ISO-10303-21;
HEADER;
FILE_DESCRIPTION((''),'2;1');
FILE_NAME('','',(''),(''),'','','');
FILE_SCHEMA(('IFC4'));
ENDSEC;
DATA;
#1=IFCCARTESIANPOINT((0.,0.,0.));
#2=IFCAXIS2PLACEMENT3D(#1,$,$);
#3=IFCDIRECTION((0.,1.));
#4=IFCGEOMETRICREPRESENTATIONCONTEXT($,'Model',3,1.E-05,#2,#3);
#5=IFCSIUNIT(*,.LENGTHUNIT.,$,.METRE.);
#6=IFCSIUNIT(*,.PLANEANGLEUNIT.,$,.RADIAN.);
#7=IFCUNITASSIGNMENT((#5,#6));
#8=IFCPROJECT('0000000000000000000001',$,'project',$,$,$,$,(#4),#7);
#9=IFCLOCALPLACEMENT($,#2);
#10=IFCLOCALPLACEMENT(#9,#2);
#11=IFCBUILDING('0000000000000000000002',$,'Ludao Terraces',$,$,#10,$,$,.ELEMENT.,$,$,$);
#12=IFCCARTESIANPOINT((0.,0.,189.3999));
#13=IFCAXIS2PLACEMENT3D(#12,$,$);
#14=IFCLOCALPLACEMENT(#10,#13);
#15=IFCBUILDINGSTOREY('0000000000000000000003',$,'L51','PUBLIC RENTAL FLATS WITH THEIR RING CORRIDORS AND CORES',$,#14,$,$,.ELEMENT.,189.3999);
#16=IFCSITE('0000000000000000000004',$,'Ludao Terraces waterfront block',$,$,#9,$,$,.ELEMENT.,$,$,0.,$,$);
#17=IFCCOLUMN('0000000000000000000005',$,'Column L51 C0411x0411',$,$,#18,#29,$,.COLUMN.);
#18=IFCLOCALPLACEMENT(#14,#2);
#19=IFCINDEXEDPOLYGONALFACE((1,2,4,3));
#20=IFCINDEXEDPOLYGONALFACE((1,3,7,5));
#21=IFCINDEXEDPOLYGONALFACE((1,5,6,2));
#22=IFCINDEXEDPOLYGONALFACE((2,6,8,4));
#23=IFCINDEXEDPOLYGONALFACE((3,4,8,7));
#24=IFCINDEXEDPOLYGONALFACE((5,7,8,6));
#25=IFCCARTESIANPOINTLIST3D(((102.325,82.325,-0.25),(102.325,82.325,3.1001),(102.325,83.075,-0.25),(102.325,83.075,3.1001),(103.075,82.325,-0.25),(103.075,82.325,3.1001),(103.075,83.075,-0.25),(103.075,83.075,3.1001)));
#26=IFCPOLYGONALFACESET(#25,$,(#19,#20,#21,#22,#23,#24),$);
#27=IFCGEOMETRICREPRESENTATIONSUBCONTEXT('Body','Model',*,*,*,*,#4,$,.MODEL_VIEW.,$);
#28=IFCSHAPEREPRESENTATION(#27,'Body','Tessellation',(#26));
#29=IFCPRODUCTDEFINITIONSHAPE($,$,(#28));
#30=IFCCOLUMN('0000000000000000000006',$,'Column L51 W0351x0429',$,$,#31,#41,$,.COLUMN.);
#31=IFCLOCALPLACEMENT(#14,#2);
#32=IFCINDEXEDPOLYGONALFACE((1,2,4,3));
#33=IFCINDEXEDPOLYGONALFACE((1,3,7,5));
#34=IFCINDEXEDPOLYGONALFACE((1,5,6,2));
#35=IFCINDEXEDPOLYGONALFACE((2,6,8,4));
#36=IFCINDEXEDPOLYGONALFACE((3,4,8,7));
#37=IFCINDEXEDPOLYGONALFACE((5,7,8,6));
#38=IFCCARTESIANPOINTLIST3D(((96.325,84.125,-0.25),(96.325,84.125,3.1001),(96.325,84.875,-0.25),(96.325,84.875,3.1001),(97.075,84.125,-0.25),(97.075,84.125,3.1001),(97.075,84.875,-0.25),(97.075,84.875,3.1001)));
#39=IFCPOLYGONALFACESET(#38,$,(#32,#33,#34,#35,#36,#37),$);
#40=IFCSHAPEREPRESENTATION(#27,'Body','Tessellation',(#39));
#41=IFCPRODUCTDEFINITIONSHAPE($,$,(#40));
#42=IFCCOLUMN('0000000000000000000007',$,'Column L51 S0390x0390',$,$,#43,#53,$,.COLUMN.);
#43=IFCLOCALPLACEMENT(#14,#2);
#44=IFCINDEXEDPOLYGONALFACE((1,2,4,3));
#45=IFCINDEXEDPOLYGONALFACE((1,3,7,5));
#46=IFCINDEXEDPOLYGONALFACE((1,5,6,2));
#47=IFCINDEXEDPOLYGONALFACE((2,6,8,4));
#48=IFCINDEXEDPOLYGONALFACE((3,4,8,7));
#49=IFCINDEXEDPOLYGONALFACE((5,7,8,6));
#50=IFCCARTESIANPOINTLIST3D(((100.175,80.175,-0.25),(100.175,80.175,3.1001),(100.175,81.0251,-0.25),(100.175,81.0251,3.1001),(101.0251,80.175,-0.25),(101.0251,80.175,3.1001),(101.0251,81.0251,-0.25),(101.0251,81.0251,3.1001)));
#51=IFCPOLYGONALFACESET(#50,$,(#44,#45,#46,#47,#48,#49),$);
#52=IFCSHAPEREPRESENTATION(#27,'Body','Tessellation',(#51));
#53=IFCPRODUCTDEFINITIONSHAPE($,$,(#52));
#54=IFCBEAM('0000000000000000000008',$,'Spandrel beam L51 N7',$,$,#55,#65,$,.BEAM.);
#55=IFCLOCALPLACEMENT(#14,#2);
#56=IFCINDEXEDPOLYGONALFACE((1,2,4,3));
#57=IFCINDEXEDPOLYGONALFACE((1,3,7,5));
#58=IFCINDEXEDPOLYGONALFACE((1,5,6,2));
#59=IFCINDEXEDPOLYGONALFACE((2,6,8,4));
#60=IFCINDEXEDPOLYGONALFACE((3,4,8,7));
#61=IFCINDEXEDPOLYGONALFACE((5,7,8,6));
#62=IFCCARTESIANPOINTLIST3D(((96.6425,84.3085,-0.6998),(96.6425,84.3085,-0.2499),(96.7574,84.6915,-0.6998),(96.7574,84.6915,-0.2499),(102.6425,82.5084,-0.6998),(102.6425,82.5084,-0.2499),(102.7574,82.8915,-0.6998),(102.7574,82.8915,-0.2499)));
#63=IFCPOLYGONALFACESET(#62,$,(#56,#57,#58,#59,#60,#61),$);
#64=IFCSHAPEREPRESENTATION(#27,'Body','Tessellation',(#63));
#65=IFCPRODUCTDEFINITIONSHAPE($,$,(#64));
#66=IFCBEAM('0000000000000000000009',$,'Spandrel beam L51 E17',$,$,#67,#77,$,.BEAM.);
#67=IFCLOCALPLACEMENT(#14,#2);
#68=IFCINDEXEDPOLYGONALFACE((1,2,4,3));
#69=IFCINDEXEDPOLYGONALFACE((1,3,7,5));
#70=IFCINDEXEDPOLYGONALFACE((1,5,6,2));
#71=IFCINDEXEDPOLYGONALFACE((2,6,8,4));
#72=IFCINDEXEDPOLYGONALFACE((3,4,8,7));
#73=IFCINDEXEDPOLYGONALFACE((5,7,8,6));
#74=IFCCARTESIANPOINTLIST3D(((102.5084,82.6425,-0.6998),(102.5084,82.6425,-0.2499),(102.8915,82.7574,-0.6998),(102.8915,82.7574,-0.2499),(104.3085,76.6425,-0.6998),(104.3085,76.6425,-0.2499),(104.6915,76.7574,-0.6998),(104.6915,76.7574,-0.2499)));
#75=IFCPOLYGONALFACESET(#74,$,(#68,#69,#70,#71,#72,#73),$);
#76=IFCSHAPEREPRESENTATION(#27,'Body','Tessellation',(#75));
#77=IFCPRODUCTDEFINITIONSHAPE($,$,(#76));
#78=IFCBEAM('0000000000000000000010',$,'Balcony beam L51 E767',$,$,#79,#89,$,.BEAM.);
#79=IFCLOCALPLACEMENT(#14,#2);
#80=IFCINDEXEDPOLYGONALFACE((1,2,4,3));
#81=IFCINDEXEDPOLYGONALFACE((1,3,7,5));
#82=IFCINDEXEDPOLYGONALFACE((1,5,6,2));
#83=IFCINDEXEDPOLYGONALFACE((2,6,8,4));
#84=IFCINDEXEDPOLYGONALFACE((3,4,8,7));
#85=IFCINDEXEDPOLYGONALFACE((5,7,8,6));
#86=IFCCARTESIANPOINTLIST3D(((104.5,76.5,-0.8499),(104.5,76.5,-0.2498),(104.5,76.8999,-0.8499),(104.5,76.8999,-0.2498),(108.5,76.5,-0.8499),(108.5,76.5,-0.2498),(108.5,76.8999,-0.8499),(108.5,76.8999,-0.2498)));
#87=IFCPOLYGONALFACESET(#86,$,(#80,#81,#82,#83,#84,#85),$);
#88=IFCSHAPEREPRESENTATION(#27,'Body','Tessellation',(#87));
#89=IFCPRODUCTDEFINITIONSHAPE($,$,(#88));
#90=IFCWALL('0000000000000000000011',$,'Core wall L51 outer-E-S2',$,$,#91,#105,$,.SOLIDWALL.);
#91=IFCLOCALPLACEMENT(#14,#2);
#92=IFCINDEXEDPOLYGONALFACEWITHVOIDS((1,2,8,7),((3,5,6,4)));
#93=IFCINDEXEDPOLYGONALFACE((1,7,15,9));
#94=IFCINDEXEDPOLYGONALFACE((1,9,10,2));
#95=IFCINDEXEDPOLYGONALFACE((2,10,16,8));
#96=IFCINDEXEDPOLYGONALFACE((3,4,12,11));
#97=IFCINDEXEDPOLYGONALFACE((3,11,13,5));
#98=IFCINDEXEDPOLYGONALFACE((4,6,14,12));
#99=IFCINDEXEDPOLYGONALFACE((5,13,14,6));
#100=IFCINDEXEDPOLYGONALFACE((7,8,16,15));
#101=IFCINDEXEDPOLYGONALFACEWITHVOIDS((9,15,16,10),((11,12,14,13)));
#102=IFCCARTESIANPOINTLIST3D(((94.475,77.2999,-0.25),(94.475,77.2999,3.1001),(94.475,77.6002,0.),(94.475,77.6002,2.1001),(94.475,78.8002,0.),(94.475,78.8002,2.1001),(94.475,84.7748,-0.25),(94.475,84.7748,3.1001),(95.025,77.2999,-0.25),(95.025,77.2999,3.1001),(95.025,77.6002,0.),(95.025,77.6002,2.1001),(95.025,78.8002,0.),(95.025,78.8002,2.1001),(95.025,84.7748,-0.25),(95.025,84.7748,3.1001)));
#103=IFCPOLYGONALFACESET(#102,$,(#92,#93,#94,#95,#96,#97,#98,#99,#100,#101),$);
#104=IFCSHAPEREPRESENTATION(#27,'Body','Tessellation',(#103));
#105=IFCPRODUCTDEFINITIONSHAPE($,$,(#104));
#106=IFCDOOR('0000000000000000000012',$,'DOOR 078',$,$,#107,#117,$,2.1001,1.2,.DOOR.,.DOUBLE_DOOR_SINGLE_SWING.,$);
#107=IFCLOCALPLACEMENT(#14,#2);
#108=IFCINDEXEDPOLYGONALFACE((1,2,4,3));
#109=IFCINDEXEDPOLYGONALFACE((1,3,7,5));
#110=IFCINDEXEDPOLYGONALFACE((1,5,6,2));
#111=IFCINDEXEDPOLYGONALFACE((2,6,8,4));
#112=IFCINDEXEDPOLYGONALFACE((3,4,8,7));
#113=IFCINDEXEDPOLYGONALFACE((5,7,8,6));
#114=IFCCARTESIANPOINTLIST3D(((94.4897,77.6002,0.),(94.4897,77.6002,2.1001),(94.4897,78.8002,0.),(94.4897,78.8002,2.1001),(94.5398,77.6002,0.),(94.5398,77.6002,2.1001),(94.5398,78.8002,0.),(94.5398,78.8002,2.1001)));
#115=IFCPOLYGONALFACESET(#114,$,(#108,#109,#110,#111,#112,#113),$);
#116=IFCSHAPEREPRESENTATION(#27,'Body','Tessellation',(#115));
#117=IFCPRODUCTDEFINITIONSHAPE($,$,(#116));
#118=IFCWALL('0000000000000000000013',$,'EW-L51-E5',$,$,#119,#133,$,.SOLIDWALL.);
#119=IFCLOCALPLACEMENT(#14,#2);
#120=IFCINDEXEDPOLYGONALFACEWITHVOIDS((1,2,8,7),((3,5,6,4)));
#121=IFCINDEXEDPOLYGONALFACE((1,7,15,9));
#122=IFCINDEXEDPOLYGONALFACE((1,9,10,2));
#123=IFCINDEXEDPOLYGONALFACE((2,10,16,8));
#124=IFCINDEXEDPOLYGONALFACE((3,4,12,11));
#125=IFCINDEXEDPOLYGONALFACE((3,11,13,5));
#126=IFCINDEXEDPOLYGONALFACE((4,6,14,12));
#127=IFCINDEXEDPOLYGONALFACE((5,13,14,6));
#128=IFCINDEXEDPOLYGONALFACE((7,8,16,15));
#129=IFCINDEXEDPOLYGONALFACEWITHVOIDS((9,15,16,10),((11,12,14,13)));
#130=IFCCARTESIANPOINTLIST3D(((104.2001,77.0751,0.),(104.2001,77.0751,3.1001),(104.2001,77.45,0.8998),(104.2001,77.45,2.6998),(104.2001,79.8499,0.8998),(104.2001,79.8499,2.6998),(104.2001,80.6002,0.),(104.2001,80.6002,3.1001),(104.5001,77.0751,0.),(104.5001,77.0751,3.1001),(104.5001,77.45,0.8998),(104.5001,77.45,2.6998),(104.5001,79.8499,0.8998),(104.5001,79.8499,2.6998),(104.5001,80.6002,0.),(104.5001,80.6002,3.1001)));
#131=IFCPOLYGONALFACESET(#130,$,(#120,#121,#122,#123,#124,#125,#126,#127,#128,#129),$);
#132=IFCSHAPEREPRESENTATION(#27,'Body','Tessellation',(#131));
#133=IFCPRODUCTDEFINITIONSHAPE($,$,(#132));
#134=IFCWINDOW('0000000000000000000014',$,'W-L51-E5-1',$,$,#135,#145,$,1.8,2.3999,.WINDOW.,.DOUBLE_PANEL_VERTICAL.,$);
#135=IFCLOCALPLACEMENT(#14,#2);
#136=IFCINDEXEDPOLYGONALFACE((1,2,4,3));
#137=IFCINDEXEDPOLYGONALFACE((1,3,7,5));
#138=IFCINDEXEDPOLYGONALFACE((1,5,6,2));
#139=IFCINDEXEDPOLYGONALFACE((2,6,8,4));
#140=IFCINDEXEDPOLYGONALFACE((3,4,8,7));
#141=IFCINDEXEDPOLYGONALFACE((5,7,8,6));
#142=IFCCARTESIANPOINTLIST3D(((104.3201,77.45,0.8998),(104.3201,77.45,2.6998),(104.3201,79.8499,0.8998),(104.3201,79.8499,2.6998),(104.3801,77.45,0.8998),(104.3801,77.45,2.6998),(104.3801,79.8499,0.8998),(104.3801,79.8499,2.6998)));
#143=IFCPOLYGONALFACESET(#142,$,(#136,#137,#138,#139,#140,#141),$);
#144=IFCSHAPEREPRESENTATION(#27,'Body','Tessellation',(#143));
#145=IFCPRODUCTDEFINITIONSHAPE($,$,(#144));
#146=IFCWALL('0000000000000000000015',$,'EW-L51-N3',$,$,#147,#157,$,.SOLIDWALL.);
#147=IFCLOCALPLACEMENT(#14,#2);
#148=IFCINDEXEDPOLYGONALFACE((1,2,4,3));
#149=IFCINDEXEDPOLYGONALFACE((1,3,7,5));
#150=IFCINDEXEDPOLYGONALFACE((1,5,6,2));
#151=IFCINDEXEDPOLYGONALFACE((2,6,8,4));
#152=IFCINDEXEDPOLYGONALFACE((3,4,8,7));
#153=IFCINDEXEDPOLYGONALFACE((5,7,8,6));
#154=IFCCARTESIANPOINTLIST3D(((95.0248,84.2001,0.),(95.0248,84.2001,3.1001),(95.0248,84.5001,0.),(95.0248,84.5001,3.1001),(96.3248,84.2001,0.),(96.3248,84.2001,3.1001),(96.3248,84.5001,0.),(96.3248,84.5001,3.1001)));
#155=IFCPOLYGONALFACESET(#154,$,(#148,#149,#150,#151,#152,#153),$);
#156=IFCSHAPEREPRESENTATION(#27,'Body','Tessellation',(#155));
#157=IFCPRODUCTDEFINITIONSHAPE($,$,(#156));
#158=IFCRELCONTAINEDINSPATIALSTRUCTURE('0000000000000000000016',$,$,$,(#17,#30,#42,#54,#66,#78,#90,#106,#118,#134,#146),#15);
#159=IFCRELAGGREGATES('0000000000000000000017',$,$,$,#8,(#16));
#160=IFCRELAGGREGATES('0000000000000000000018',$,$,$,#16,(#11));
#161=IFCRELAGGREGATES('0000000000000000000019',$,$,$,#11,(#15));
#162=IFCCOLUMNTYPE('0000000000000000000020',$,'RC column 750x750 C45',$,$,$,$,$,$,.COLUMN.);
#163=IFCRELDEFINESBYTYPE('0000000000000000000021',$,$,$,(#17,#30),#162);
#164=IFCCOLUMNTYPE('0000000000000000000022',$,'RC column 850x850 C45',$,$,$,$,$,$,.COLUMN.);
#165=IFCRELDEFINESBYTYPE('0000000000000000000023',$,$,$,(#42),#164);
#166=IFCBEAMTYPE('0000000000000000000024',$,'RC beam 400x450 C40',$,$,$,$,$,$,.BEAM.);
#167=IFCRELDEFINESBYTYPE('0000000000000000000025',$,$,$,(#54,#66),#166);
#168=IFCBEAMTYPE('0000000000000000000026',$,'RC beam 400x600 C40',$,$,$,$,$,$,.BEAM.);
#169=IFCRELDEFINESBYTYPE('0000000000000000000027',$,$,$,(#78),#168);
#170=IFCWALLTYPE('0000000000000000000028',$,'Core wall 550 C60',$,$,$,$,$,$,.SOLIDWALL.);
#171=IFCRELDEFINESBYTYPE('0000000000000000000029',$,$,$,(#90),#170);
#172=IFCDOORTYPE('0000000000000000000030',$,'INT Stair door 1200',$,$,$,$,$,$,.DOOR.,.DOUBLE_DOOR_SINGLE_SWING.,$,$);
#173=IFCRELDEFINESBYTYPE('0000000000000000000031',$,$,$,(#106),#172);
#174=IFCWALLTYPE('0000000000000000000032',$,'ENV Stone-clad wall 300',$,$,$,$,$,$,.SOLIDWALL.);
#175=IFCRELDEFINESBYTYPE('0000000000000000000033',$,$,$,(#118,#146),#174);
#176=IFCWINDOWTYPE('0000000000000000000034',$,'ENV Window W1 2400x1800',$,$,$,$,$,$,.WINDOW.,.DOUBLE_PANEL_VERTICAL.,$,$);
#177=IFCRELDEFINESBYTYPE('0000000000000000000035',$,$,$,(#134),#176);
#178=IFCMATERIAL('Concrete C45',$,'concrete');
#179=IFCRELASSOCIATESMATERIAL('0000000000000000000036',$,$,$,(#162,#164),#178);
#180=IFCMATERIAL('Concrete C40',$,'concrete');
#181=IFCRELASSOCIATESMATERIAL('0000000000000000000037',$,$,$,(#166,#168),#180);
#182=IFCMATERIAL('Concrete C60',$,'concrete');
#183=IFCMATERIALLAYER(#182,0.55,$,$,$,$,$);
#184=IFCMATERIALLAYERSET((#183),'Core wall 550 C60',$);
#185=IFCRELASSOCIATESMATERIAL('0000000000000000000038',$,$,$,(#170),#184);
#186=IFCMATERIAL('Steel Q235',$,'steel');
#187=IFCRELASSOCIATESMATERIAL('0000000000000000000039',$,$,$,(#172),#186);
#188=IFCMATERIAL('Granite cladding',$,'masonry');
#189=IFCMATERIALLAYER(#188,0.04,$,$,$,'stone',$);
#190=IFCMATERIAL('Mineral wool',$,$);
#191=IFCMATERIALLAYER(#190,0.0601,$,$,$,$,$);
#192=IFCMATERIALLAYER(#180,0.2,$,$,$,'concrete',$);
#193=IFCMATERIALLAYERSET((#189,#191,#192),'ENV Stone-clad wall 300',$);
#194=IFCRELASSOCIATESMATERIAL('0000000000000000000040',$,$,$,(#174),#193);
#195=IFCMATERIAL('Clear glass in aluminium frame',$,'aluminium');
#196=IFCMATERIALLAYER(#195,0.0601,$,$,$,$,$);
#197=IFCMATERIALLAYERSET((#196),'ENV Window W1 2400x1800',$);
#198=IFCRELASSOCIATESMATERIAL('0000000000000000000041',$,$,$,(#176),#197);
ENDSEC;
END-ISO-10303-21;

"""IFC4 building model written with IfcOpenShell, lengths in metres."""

from ifc_helpers import new_model, si_unit, direction, frame, frame_2d, origin, origin_2d, place, context, subcontext, project, spatial, rectangle, extrude, material, layer, layer_set, material_profile, profile_set, type_object, element, fill, save


model = new_model("IFC4")

# Units and contexts
model_context = context("Model", 3, precision=1e-05, world=origin(), true_north=direction((0.0, 1.0)))
body_context = subcontext(model_context, "Body", "Model", "MODEL_VIEW")
ifc_project = project(units=[si_unit("LENGTHUNIT", "METRE"), si_unit("PLANEANGLEUNIT", "RADIAN")], contexts=[model_context])

# Site, building, storey
site_placement = place(None, origin())
site = spatial("IfcSite", under=ifc_project, at=site_placement, Name="Ludao Terraces waterfront block", CompositionType="ELEMENT", RefElevation=0.0)
building_placement = place(site_placement, origin())
building = spatial("IfcBuilding", under=site, at=building_placement, Name="Ludao Terraces", CompositionType="ELEMENT")
storey_placement = place(building_placement, frame((0.0, 0.0, 189.3999)))
storey = spatial("IfcBuildingStorey", under=building, at=storey_placement, Name="L51", Description="PUBLIC RENTAL FLATS WITH THEIR RING CORRIDORS AND CORES", CompositionType="ELEMENT", Elevation=189.3999)

# Columns
ifc_material_1 = material(Name="Concrete C45", Category="concrete")
ifc_material_profile_1 = material_profile(ifc_material_1, rectangle(XDim=0.75, YDim=0.75, at=origin_2d()), Name="750 X 750")
ifc_profile_set_1 = profile_set([ifc_material_profile_1], Name="Concrete C45")
column_type_1 = type_object("IfcColumnType", Name="RC column 750x750 C45", PredefinedType="COLUMN", material=ifc_profile_set_1)
for number, where, z_axis, x_axis, name in (
    (1, (102.7, 82.7, -0.25), (0.0, 0.0, 1.0), (1.0, 0.0, 0.0), "Column L51 C0411x0411"),
    (2, (96.7, 84.5, -0.25), (0.0, 0.0, 1.0), (1.0, 0.0, 0.0), "Column L51 W0351x0429"),
):
    element("IfcColumn", number, at=place(storey_placement, frame(where, z_axis=z_axis, x_axis=x_axis)), inside=storey, type_object=column_type_1, Name=name, PredefinedType="COLUMN", context=body_context, shape_type="SweptSolid", body=[
        extrude(rectangle(XDim=0.75, YDim=0.75, at=origin_2d()), origin(), (0.0, 0.0, 1.0), 3.3501),
    ])
ifc_material_profile_2 = material_profile(ifc_material_1, rectangle(XDim=0.8501, YDim=0.8501, at=origin_2d()), Name="850 X 850")
ifc_profile_set_2 = profile_set([ifc_material_profile_2], Name="Concrete C45")
column_type_2 = type_object("IfcColumnType", Name="RC column 850x850 C45", PredefinedType="COLUMN", material=ifc_profile_set_2)
column_placement = place(storey_placement, frame((100.6001, 80.6001, -0.25), z_axis=(0.0, 0.0, 1.0), x_axis=(1.0, 0.0, 0.0)))
element("IfcColumn", 3, at=column_placement, inside=storey, type_object=column_type_2, Name="Column L51 S0390x0390", PredefinedType="COLUMN", context=body_context, shape_type="SweptSolid", body=[
    extrude(rectangle(XDim=0.8501, YDim=0.8501, at=origin_2d()), origin(), (0.0, 0.0, 1.0), 3.3501),
])

# Beams
ifc_material_2 = material(Name="Concrete C40", Category="concrete")
ifc_material_profile_3 = material_profile(ifc_material_2, rectangle(XDim=0.3999, YDim=0.45, at=origin_2d()), Name="400 X 450")
ifc_profile_set_3 = profile_set([ifc_material_profile_3], Name="Concrete C40")
beam_type_1 = type_object("IfcBeamType", Name="RC beam 400x450 C40", PredefinedType="BEAM", material=ifc_profile_set_3)
for number, where, z_axis, x_axis, name in (
    (4, (96.7, 84.5, -0.4749), (0.957824, -0.287355, 0.0), (0.287355, 0.957824, 0.0), "Spandrel beam L51 N7"),
    (5, (104.5, 76.7, -0.4749), (-0.287355, 0.957824, 0.0), (-0.957824, -0.287355, 0.0), "Spandrel beam L51 E17"),
):
    element("IfcBeam", number, at=place(storey_placement, frame(where, z_axis=z_axis, x_axis=x_axis)), inside=storey, type_object=beam_type_1, Name=name, PredefinedType="BEAM", context=body_context, shape_type="SweptSolid", body=[
        extrude(rectangle(XDim=0.3999, YDim=0.45, at=origin_2d()), origin(), (0.0, 0.0, 1.0), 6.2642),
    ])
ifc_material_profile_4 = material_profile(ifc_material_2, rectangle(XDim=0.3999, YDim=0.6001, at=origin_2d()), Name="400 X 600")
ifc_profile_set_4 = profile_set([ifc_material_profile_4], Name="Concrete C40")
beam_type_2 = type_object("IfcBeamType", Name="RC beam 400x600 C40", PredefinedType="BEAM", material=ifc_profile_set_4)
beam_placement = place(storey_placement, frame((104.5, 76.7, -0.5498), z_axis=(1.0, 0.0, 0.0), x_axis=(0.0, 1.0, 0.0)))
element("IfcBeam", 6, at=beam_placement, inside=storey, type_object=beam_type_2, Name="Balcony beam L51 E767", PredefinedType="BEAM", context=body_context, shape_type="SweptSolid", body=[
    extrude(rectangle(XDim=0.3999, YDim=0.6001, at=origin_2d()), origin(), (0.0, 0.0, 1.0), 4.0),
])

# Wall, opening, door
ifc_material_3 = material(Name="Concrete C60", Category="concrete")
ifc_layer_1 = layer(ifc_material_3, 0.55)
ifc_layer_set_1 = layer_set([ifc_layer_1], Name="Core wall 550 C60")
wall_type_1 = type_object("IfcWallType", Name="Core wall 550 C60", PredefinedType="SOLIDWALL", material=ifc_layer_set_1)
wall_1_placement = place(storey_placement, frame((94.75, 77.3, -0.25), z_axis=(0.0, 0.0, 1.0), x_axis=(0.0, 1.0, 0.0)))
wall_1 = element("IfcWall", 7, at=wall_1_placement, inside=storey, type_object=wall_type_1, Name="Core wall L51 outer-E-S2", PredefinedType="SOLIDWALL", context=body_context, shape_type="SweptSolid", body=[
    extrude(rectangle(XDim=7.4749, YDim=0.55, at=frame_2d((3.7373, 0.0))), origin(), (0.0, 0.0, 1.0), 3.3501),
])
opening_1_placement = place(wall_1_placement, frame((0.3, 0.0, 0.25)))
opening_1 = element("IfcOpeningElement", 8, at=opening_1_placement, cuts=wall_1, PredefinedType="OPENING", context=body_context, shape_type="SweptSolid", body=[
    extrude(rectangle(XDim=1.2, YDim=2.1001, at=frame_2d((0.6001, 1.05))), frame((0.0, 0.2852, 0.0), z_axis=(0.0, -1.0, 0.0), x_axis=(1.0, 0.0, 0.0)), (0.0, 0.0, 1.0), 0.5701),
])
ifc_material_4 = material(Name="Steel Q235", Category="steel")
door_type_1 = type_object("IfcDoorType", Name="INT Stair door 1200", OperationType="DOUBLE_DOOR_SINGLE_SWING", PredefinedType="DOOR", material=ifc_material_4)
door_1_placement = place(opening_1_placement, origin())
door_1 = element("IfcDoor", 9, at=door_1_placement, inside=storey, type_object=door_type_1, Name="DOOR 078", OperationType="DOUBLE_DOOR_SINGLE_SWING", OverallHeight=2.1001, OverallWidth=1.2, PredefinedType="DOOR", context=body_context, shape_type="SweptSolid", body=[
    extrude(rectangle(XDim=1.2, YDim=2.1001, at=frame_2d((0.6001, 1.05))), frame((0.0, 0.2603, 0.0), z_axis=(0.0, -1.0, 0.0), x_axis=(1.0, 0.0, 0.0)), (0.0, 0.0, 1.0), 0.05),
])
fill(opening_1, door_1)

# Wall, opening, window
ifc_material_5 = material(Name="Granite cladding", Category="masonry")
ifc_layer_2 = layer(ifc_material_5, 0.04, Category="stone")
ifc_material_6 = material(Name="Mineral wool")
ifc_layer_3 = layer(ifc_material_6, 0.0601)
ifc_layer_4 = layer(ifc_material_2, 0.2, Category="concrete")
ifc_layer_set_2 = layer_set([ifc_layer_2, ifc_layer_3, ifc_layer_4], Name="ENV Stone-clad wall 300")
wall_type_2 = type_object("IfcWallType", Name="ENV Stone-clad wall 300", PredefinedType="SOLIDWALL", material=ifc_layer_set_2)
wall_2_placement = place(storey_placement, frame((104.3501, 77.075, 0.0), z_axis=(0.0, 0.0, 1.0), x_axis=(0.0, 1.0, 0.0)))
wall_2 = element("IfcWall", 10, at=wall_2_placement, inside=storey, type_object=wall_type_2, Name="EW-L51-E5", PredefinedType="SOLIDWALL", context=body_context, shape_type="SweptSolid", body=[
    extrude(rectangle(XDim=3.5251, YDim=0.3, at=frame_2d((1.7627, 0.0))), origin(), (0.0, 0.0, 1.0), 3.1001),
])
opening_2_placement = place(wall_2_placement, frame((0.375, 0.0, 0.8999)))
opening_2 = element("IfcOpeningElement", 11, at=opening_2_placement, cuts=wall_2, PredefinedType="OPENING", context=body_context, shape_type="SweptSolid", body=[
    extrude(rectangle(XDim=2.3999, YDim=1.8, at=frame_2d((1.2, 0.8999))), frame((0.0, 0.1602, 0.0), z_axis=(0.0, -1.0, 0.0), x_axis=(1.0, 0.0, 0.0)), (0.0, 0.0, 1.0), 0.3201),
])
ifc_material_7 = material(Name="Clear glass in aluminium frame", Category="aluminium")
ifc_layer_5 = layer(ifc_material_7, 0.0601)
ifc_layer_set_3 = layer_set([ifc_layer_5], Name="ENV Window W1 2400x1800")
window_type_1 = type_object("IfcWindowType", Name="ENV Window W1 2400x1800", PartitioningType="DOUBLE_PANEL_VERTICAL", PredefinedType="WINDOW", material=ifc_layer_set_3)
window_1_placement = place(opening_2_placement, origin())
window_1 = element("IfcWindow", 12, at=window_1_placement, inside=storey, type_object=window_type_1, Name="W-L51-E5-1", OverallHeight=1.8, OverallWidth=2.3999, PartitioningType="DOUBLE_PANEL_VERTICAL", PredefinedType="WINDOW", context=body_context, shape_type="SweptSolid", body=[
    extrude(rectangle(XDim=2.3999, YDim=1.8, at=frame_2d((1.2, 0.8999))), frame((0.0, 0.03, 0.0), z_axis=(0.0, -1.0, 0.0), x_axis=(1.0, 0.0, 0.0)), (0.0, 0.0, 1.0), 0.0601),
])
fill(opening_2, window_1)

# Wall
wall_3_placement = place(storey_placement, frame((95.0249, 84.3501, 0.0), z_axis=(0.0, 0.0, 1.0), x_axis=(1.0, 0.0, 0.0)))
element("IfcWall", 13, at=wall_3_placement, inside=storey, type_object=wall_type_2, Name="EW-L51-N3", PredefinedType="SOLIDWALL", context=body_context, shape_type="SweptSolid", body=[
    extrude(rectangle(XDim=1.3, YDim=0.3, at=frame_2d((0.6499, 0.0))), origin(), (0.0, 0.0, 1.0), 3.1001),
])

save(model, "model.ifc")
